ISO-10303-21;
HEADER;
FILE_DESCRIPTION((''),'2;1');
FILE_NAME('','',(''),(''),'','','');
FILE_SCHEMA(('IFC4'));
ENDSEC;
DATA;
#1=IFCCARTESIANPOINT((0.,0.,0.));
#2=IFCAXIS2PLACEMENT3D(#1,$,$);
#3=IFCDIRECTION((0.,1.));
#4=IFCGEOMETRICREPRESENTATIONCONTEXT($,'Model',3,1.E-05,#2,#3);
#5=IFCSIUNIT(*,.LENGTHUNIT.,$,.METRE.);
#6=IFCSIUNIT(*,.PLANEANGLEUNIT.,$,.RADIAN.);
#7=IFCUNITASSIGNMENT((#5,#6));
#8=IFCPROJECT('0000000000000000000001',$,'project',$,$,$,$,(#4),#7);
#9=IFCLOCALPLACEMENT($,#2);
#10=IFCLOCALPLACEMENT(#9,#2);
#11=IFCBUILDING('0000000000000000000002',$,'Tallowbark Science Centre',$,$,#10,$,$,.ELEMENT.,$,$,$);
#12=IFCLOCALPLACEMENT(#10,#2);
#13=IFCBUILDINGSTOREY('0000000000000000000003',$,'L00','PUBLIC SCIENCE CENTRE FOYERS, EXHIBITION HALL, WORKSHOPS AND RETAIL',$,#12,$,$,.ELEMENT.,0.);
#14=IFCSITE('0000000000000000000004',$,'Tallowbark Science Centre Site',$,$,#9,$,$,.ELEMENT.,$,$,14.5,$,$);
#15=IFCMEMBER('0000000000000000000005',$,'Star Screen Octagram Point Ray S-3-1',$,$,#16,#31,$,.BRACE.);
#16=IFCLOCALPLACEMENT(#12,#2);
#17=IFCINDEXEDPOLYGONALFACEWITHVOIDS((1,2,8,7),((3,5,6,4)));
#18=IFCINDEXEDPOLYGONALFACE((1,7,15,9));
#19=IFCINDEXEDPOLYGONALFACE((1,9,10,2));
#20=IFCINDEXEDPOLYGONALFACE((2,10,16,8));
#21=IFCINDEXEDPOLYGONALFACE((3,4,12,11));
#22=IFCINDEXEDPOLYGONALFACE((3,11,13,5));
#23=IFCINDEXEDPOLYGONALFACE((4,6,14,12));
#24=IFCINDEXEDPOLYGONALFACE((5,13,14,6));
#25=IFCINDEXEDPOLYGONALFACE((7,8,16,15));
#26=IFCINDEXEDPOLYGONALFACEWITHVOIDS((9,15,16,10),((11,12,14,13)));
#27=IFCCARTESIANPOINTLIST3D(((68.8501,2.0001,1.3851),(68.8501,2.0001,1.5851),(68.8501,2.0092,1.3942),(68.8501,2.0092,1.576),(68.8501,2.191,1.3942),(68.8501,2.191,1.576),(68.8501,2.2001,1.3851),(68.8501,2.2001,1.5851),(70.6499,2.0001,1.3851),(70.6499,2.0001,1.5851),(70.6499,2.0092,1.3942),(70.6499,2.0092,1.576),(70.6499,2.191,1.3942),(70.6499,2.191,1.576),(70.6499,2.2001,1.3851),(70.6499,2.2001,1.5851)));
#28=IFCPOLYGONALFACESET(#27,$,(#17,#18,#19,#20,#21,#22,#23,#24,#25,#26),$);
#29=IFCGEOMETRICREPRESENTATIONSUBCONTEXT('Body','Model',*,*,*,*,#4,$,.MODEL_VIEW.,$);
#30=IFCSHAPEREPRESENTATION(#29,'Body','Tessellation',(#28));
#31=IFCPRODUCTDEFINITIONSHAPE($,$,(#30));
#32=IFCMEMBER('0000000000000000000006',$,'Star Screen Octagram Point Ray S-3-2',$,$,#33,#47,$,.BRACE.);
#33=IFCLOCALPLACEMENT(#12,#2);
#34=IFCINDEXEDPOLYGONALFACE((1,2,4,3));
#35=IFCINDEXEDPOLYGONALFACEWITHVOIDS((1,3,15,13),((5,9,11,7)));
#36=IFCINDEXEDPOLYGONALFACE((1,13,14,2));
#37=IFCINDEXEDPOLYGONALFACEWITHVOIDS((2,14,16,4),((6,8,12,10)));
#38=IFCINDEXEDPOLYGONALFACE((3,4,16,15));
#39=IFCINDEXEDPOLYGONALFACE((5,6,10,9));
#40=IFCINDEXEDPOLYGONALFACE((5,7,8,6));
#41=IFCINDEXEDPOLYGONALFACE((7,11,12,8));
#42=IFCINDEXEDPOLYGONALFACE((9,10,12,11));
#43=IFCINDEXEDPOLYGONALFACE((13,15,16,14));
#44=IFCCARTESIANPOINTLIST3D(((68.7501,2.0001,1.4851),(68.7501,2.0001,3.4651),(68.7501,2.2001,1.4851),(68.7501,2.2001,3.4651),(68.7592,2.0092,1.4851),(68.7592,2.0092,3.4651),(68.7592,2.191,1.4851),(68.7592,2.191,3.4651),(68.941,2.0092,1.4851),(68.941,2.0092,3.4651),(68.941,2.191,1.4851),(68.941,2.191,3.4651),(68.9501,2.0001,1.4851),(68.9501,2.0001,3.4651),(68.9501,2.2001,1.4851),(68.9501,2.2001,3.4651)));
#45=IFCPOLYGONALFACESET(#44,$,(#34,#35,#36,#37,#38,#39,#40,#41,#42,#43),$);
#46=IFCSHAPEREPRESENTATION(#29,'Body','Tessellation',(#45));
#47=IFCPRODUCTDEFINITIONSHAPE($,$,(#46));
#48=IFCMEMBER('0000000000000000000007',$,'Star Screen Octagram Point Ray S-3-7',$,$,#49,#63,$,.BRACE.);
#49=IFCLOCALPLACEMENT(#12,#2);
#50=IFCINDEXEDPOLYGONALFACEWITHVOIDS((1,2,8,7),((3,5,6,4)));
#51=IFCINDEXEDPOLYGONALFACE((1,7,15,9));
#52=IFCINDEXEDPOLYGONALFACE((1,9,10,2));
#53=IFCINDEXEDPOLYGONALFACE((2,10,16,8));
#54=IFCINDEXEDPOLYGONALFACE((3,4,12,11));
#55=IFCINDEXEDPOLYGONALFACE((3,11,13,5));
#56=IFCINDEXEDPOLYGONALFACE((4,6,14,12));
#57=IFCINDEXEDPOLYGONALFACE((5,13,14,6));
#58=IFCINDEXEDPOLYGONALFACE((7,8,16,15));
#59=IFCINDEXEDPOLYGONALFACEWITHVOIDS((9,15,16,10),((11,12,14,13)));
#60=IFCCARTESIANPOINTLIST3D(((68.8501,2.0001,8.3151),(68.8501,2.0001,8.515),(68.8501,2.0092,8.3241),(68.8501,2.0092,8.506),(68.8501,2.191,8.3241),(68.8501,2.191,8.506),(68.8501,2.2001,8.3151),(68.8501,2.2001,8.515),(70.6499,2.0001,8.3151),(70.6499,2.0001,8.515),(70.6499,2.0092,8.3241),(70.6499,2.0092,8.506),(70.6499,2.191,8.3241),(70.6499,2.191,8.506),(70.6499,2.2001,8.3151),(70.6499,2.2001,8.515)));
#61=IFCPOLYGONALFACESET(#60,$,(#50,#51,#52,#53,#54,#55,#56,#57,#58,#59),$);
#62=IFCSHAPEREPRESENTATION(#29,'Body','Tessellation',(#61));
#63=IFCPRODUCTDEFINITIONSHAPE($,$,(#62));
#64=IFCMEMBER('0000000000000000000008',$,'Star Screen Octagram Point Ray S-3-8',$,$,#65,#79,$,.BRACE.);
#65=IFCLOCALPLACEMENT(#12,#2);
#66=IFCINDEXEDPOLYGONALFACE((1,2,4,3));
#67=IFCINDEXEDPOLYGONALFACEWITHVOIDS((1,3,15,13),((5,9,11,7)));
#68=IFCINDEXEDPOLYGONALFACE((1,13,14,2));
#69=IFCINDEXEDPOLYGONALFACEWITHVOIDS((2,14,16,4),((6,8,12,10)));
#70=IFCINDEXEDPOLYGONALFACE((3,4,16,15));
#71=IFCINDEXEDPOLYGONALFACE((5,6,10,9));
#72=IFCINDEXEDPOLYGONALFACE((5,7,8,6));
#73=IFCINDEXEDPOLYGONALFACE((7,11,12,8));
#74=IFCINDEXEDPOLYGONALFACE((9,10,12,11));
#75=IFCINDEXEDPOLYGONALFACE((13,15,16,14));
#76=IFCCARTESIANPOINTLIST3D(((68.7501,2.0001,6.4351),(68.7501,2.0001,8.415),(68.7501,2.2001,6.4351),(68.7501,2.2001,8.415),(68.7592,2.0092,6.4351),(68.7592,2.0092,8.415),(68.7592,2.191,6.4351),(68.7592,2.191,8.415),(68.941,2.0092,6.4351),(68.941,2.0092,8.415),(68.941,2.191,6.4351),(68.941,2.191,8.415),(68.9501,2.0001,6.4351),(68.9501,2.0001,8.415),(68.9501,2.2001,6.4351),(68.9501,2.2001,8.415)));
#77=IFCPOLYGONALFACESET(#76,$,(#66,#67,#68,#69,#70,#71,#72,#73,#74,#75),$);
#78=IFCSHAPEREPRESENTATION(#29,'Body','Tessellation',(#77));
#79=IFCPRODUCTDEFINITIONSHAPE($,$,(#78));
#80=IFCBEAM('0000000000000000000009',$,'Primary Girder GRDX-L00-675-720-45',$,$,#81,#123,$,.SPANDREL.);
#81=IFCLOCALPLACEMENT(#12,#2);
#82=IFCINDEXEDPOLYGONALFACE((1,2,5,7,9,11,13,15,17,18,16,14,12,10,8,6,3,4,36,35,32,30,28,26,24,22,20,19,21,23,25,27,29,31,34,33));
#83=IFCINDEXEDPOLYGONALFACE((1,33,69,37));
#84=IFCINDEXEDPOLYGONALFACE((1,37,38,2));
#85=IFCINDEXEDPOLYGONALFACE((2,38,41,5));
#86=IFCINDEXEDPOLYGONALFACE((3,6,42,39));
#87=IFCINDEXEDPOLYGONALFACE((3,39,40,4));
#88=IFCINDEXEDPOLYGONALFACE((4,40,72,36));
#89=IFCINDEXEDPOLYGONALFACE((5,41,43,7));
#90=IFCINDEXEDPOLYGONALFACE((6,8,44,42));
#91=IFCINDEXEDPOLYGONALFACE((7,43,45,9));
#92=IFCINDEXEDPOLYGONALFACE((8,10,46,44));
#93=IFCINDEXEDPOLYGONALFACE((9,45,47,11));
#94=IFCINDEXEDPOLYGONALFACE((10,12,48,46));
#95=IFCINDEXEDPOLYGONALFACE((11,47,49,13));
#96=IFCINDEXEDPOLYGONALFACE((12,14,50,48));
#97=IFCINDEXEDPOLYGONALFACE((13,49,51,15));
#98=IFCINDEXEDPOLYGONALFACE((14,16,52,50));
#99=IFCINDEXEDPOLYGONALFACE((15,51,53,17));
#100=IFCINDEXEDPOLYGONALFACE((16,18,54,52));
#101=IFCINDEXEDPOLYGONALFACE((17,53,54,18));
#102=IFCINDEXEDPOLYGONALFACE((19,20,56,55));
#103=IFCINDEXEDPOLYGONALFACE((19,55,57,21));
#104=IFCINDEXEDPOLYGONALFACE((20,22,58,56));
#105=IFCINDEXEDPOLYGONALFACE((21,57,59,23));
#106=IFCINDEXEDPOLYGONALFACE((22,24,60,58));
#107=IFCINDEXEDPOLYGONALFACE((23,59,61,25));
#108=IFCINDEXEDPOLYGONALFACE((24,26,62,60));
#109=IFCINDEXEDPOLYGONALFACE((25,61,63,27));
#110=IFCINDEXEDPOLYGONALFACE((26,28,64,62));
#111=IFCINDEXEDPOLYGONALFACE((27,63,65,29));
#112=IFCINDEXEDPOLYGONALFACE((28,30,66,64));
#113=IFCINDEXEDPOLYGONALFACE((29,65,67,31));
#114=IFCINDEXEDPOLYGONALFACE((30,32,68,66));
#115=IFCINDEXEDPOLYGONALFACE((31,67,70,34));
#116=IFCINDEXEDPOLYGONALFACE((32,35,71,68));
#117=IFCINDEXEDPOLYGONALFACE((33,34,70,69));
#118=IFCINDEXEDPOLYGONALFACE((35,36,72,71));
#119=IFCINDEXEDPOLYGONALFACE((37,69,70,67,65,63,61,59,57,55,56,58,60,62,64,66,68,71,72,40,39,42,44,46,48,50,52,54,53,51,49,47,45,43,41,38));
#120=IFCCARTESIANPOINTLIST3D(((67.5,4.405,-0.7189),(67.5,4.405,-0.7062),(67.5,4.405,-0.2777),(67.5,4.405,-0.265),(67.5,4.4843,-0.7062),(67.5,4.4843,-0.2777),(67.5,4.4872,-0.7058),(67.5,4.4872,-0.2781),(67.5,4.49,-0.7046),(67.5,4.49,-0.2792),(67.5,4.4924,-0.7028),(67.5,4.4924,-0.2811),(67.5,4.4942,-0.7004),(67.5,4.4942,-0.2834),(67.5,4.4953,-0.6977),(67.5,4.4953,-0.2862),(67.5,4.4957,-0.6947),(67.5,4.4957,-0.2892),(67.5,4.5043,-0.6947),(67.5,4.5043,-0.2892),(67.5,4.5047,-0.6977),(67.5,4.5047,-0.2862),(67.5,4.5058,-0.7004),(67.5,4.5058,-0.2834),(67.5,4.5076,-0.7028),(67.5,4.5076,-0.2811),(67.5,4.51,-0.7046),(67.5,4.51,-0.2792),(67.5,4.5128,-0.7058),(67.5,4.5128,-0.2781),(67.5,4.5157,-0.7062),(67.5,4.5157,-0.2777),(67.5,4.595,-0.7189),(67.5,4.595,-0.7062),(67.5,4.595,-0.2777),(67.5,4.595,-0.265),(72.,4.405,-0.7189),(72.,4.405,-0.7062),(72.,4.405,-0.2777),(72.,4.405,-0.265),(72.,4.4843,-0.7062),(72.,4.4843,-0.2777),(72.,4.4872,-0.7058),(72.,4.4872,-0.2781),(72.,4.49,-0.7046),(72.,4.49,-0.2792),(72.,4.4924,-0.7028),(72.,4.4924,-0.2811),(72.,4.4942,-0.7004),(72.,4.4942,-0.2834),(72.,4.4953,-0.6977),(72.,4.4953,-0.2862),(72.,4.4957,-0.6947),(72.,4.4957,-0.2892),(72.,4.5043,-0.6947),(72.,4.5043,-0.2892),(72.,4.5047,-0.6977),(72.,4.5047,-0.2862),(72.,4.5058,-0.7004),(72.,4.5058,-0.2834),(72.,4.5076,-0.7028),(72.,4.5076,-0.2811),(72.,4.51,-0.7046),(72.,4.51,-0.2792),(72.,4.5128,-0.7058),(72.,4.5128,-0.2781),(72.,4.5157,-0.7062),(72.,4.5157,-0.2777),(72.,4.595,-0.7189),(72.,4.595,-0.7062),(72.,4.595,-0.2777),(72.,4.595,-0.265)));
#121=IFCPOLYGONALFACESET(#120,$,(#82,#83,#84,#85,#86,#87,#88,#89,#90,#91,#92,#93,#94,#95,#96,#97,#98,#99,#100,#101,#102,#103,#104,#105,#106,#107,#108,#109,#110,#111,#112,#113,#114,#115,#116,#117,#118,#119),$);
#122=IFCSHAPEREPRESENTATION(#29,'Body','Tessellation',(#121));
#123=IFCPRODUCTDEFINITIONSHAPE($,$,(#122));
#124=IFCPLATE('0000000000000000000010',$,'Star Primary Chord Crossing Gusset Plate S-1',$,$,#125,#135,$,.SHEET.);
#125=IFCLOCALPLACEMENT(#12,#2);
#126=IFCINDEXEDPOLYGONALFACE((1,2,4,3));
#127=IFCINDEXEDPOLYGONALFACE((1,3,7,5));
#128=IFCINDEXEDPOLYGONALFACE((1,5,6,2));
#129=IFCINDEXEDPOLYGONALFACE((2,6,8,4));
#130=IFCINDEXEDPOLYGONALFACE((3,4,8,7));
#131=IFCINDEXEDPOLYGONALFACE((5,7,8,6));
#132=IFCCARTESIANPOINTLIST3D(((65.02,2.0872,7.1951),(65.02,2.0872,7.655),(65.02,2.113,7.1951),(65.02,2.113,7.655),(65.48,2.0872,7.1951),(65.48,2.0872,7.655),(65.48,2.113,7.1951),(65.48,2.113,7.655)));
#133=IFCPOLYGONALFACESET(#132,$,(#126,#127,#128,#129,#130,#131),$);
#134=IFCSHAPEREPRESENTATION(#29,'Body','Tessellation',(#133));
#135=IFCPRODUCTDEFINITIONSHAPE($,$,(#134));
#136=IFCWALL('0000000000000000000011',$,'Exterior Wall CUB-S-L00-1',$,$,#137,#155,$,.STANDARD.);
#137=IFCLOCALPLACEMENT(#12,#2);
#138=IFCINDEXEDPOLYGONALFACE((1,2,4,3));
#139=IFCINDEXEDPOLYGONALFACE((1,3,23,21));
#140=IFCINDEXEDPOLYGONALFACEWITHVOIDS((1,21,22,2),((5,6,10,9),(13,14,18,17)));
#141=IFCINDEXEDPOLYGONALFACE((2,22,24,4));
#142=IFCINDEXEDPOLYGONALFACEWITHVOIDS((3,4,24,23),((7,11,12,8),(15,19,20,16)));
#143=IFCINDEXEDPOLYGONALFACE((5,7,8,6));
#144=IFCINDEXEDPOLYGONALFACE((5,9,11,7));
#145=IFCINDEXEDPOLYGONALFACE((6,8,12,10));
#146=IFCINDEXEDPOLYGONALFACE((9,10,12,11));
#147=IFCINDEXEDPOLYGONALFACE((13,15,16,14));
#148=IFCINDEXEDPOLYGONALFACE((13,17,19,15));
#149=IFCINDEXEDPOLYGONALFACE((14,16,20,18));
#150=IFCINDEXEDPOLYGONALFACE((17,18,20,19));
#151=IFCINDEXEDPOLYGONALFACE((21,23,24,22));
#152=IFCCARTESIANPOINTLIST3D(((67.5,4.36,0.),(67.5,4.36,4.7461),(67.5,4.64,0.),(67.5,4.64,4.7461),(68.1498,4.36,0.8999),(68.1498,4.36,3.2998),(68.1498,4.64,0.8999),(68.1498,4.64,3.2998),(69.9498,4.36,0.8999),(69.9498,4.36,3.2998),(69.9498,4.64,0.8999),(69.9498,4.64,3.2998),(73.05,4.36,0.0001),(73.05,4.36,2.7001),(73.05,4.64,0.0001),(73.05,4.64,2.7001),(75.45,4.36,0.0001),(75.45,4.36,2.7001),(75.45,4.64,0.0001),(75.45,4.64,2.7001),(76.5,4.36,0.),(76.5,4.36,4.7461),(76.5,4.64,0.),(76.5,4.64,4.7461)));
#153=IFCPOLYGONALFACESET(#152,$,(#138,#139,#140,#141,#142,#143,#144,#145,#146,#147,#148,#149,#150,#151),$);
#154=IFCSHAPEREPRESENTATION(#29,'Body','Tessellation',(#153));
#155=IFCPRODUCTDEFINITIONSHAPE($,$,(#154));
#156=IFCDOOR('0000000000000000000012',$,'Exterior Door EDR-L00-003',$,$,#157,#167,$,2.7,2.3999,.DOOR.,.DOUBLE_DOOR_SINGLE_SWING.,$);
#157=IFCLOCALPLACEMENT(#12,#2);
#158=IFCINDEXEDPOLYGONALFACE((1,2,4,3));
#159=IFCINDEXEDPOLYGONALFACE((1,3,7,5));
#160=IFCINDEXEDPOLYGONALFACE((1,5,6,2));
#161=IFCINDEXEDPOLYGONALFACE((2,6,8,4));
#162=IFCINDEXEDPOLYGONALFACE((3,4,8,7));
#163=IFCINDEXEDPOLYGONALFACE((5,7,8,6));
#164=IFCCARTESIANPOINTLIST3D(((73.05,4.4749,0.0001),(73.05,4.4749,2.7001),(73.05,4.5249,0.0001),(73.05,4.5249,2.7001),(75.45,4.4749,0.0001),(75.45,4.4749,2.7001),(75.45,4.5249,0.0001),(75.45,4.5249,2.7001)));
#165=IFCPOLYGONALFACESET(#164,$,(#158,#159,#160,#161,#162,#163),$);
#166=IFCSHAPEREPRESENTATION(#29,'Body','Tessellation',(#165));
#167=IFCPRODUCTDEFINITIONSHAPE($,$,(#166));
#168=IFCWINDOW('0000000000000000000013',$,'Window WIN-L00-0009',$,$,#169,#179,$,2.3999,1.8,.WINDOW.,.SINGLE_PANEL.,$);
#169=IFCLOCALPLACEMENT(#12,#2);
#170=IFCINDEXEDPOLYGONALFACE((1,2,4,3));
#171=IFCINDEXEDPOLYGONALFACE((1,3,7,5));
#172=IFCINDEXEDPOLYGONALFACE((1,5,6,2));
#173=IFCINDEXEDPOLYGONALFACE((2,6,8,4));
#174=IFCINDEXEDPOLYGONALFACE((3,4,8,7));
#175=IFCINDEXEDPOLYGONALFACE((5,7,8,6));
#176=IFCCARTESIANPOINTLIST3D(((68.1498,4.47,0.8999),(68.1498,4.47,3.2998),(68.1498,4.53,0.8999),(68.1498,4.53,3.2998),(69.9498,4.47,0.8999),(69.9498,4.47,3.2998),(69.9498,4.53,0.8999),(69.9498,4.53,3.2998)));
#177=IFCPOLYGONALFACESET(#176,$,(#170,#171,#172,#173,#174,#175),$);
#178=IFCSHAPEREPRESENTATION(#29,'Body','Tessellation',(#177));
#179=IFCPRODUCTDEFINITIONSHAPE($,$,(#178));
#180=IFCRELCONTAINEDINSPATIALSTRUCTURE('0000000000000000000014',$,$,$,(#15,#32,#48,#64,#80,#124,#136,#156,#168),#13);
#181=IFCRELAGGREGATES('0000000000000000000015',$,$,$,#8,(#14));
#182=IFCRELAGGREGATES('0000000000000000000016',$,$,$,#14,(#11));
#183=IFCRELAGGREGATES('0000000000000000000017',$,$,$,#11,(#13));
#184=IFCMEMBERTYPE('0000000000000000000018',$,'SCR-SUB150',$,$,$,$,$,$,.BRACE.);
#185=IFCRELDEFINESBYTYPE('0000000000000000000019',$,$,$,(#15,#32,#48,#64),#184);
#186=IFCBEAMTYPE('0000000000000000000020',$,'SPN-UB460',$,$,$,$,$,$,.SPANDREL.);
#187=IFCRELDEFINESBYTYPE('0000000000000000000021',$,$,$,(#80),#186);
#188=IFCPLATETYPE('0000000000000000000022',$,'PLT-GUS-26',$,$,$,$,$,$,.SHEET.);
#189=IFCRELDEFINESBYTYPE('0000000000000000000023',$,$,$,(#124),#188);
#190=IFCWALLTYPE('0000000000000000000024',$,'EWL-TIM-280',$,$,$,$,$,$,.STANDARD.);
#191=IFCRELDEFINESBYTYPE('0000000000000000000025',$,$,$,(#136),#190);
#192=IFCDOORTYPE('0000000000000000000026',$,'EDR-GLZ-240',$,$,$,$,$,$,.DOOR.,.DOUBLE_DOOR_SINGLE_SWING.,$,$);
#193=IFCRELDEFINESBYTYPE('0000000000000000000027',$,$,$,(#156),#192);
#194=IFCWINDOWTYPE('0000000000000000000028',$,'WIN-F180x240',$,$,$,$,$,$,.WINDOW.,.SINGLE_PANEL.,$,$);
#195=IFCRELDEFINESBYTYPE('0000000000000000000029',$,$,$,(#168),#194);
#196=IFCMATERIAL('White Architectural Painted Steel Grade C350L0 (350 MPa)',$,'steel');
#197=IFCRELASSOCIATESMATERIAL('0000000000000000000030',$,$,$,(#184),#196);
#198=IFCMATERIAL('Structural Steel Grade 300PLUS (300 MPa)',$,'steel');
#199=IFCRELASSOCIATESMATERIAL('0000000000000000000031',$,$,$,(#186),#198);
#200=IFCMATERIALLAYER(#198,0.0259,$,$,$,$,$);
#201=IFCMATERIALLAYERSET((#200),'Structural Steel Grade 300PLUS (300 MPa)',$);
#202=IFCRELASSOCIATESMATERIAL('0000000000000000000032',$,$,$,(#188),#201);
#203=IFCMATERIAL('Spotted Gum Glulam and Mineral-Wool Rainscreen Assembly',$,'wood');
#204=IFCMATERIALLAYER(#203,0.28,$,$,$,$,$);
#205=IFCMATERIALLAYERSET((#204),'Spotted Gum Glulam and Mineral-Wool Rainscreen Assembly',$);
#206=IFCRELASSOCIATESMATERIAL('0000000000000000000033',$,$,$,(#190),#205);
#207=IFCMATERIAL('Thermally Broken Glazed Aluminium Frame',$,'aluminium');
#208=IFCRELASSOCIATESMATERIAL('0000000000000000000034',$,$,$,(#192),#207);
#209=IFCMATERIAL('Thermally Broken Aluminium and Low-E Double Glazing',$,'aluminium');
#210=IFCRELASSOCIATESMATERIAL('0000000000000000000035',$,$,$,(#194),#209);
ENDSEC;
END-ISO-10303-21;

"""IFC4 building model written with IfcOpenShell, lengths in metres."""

from ifc_helpers import new_model, si_unit, direction, frame, frame_2d, origin, origin_2d, place, context, subcontext, project, spatial, rectangle, hollow_rectangle, i_section, extrude, material, layer, layer_set, material_profile, profile_set, type_object, element, fill, save


model = new_model("IFC4")

# Units and contexts
model_context = context("Model", 3, precision=1e-05, world=origin(), true_north=direction((0.0, 1.0)))
body_context = subcontext(model_context, "Body", "Model", "MODEL_VIEW")
ifc_project = project(units=[si_unit("LENGTHUNIT", "METRE"), si_unit("PLANEANGLEUNIT", "RADIAN")], contexts=[model_context])

# Site, building, storey
site_placement = place(None, origin())
site = spatial("IfcSite", under=ifc_project, at=site_placement, Name="Tallowbark Science Centre Site", CompositionType="ELEMENT", RefElevation=14.5)
building_placement = place(site_placement, origin())
building = spatial("IfcBuilding", under=site, at=building_placement, Name="Tallowbark Science Centre", CompositionType="ELEMENT")
storey_placement = place(building_placement, origin())
storey = spatial("IfcBuildingStorey", under=building, at=storey_placement, Name="L00", Description="PUBLIC SCIENCE CENTRE FOYERS, EXHIBITION HALL, WORKSHOPS AND RETAIL", CompositionType="ELEMENT", Elevation=0.0)

# Shared definitions
ifc_material_1 = material(Name="White Architectural Painted Steel Grade C350L0 (350 MPa)", Category="steel")
ifc_material_2 = material(Name="Structural Steel Grade 300PLUS (300 MPa)", Category="steel")

# Members
ifc_material_profile_1 = material_profile(ifc_material_1, hollow_rectangle(XDim=0.2, YDim=0.2, WallThickness=0.009, at=origin_2d()), Name="200x200x9.0SHS")
ifc_profile_set_1 = profile_set([ifc_material_profile_1], Name="White Architectural Painted Steel Grade C350L0 (350 MPa)")
member_type_1 = type_object("IfcMemberType", Name="SCR-SUB150", PredefinedType="BRACE", material=ifc_profile_set_1)
member_1_placement = place(storey_placement, frame((68.8501, 2.1001, 1.4851), z_axis=(1.0, 0.0, 0.0), x_axis=(0.0, 1.0, 0.0)))
element("IfcMember", 1, at=member_1_placement, inside=storey, type_object=member_type_1, Name="Star Screen Octagram Point Ray S-3-1", PredefinedType="BRACE", context=body_context, shape_type="SweptSolid", body=[
    extrude(hollow_rectangle(XDim=0.2, YDim=0.2, WallThickness=0.009, at=origin_2d()), origin(), (0.0, 0.0, 1.0), 1.7998),
])
member_2_placement = place(storey_placement, frame((68.8501, 2.1001, 1.4851), z_axis=(0.0, 0.0, 1.0), x_axis=(1.0, 0.0, 0.0)))
element("IfcMember", 2, at=member_2_placement, inside=storey, type_object=member_type_1, Name="Star Screen Octagram Point Ray S-3-2", PredefinedType="BRACE", context=body_context, shape_type="SweptSolid", body=[
    extrude(hollow_rectangle(XDim=0.2, YDim=0.2, WallThickness=0.009, at=origin_2d()), origin(), (0.0, 0.0, 1.0), 1.98),
])
member_3_placement = place(storey_placement, frame((68.8501, 2.1001, 8.415), z_axis=(1.0, 0.0, 0.0), x_axis=(0.0, 1.0, 0.0)))
element("IfcMember", 3, at=member_3_placement, inside=storey, type_object=member_type_1, Name="Star Screen Octagram Point Ray S-3-7", PredefinedType="BRACE", context=body_context, shape_type="SweptSolid", body=[
    extrude(hollow_rectangle(XDim=0.2, YDim=0.2, WallThickness=0.009, at=origin_2d()), origin(), (0.0, 0.0, 1.0), 1.7998),
])
member_4_placement = place(storey_placement, frame((68.8501, 2.1001, 8.415), z_axis=(0.0, 0.0, -1.0), x_axis=(1.0, 0.0, 0.0)))
element("IfcMember", 4, at=member_4_placement, inside=storey, type_object=member_type_1, Name="Star Screen Octagram Point Ray S-3-8", PredefinedType="BRACE", context=body_context, shape_type="SweptSolid", body=[
    extrude(hollow_rectangle(XDim=0.2, YDim=0.2, WallThickness=0.009, at=origin_2d()), origin(), (0.0, 0.0, 1.0), 1.98),
])

# Beam
ifc_material_profile_2 = material_profile(ifc_material_2, i_section(OverallWidth=0.1899, OverallDepth=0.4539, WebThickness=0.0085, FlangeThickness=0.0127, FilletRadius=0.0115, at=origin_2d()), Name="460UB67.1")
ifc_profile_set_2 = profile_set([ifc_material_profile_2], Name="Structural Steel Grade 300PLUS (300 MPa)")
beam_type_1 = type_object("IfcBeamType", Name="SPN-UB460", PredefinedType="SPANDREL", material=ifc_profile_set_2)
beam_1_placement = place(storey_placement, frame((67.5, 4.5, -0.4919), z_axis=(1.0, 0.0, 0.0), x_axis=(0.0, 1.0, 0.0)))
element("IfcBeam", 5, at=beam_1_placement, inside=storey, type_object=beam_type_1, Name="Primary Girder GRDX-L00-675-720-45", PredefinedType="SPANDREL", context=body_context, shape_type="SweptSolid", body=[
    extrude(i_section(OverallWidth=0.1899, OverallDepth=0.4539, WebThickness=0.0085, FlangeThickness=0.0127, FilletRadius=0.0115, at=origin_2d()), origin(), (0.0, 0.0, 1.0), 4.5),
])

# Plate
ifc_layer_1 = layer(ifc_material_2, 0.0259)
ifc_layer_set_1 = layer_set([ifc_layer_1], Name="Structural Steel Grade 300PLUS (300 MPa)")
plate_type = type_object("IfcPlateType", Name="PLT-GUS-26", PredefinedType="SHEET", material=ifc_layer_set_1)
plate_placement = place(storey_placement, frame((65.25, 2.1001, 7.1951), z_axis=(0.0, 0.0, 1.0), x_axis=(1.0, 0.0, 0.0)))
element("IfcPlate", 6, at=plate_placement, inside=storey, type_object=plate_type, Name="Star Primary Chord Crossing Gusset Plate S-1", PredefinedType="SHEET", context=body_context, shape_type="SweptSolid", body=[
    extrude(rectangle(XDim=0.46, YDim=0.0259, at=origin_2d()), origin(), (0.0, 0.0, 1.0), 0.46),
])

# Wall, openings, door, window
ifc_material_3 = material(Name="Spotted Gum Glulam and Mineral-Wool Rainscreen Assembly", Category="wood")
ifc_layer_2 = layer(ifc_material_3, 0.28)
ifc_layer_set_2 = layer_set([ifc_layer_2], Name="Spotted Gum Glulam and Mineral-Wool Rainscreen Assembly")
wall_type = type_object("IfcWallType", Name="EWL-TIM-280", PredefinedType="STANDARD", material=ifc_layer_set_2)
wall_placement = place(storey_placement, frame((67.5, 4.5, 0.0), z_axis=(0.0, 0.0, 1.0), x_axis=(1.0, 0.0, 0.0)))
wall = element("IfcWall", 7, at=wall_placement, inside=storey, type_object=wall_type, Name="Exterior Wall CUB-S-L00-1", PredefinedType="STANDARD", context=body_context, shape_type="SweptSolid", body=[
    extrude(rectangle(XDim=9.0, YDim=0.28, at=frame_2d((4.5, 0.0))), origin(), (0.0, 0.0, 1.0), 4.7461),
])
opening_1_placement = place(wall_placement, frame((0.6499, 0.0, 0.8999)))
opening_1 = element("IfcOpeningElement", 8, at=opening_1_placement, cuts=wall, PredefinedType="OPENING", context=body_context, shape_type="SweptSolid", body=[
    extrude(rectangle(XDim=1.8, YDim=2.3999, at=frame_2d((0.8999, 1.2))), frame((0.0, 0.1499, 0.0), z_axis=(0.0, -1.0, 0.0), x_axis=(1.0, 0.0, 0.0)), (0.0, 0.0, 1.0), 0.3),
])
opening_2_placement = place(wall_placement, frame((5.55, 0.0, 0.0)))
opening_2 = element("IfcOpeningElement", 9, at=opening_2_placement, cuts=wall, PredefinedType="OPENING", context=body_context, shape_type="SweptSolid", body=[
    extrude(rectangle(XDim=2.3999, YDim=2.7, at=frame_2d((1.2, 1.3501))), frame((0.0, 0.1499, 0.0), z_axis=(0.0, -1.0, 0.0), x_axis=(1.0, 0.0, 0.0)), (0.0, 0.0, 1.0), 0.3),
])
ifc_material_4 = material(Name="Thermally Broken Glazed Aluminium Frame", Category="aluminium")
door_type = type_object("IfcDoorType", Name="EDR-GLZ-240", OperationType="DOUBLE_DOOR_SINGLE_SWING", PredefinedType="DOOR", material=ifc_material_4)
door_placement = place(opening_2_placement, origin())
door = element("IfcDoor", 10, at=door_placement, inside=storey, type_object=door_type, Name="Exterior Door EDR-L00-003", OperationType="DOUBLE_DOOR_SINGLE_SWING", OverallHeight=2.7, OverallWidth=2.3999, PredefinedType="DOOR", context=body_context, shape_type="SweptSolid", body=[
    extrude(rectangle(XDim=2.3999, YDim=2.7, at=frame_2d((1.2, 1.3501))), frame((0.0, 0.0249, 0.0), z_axis=(0.0, -1.0, 0.0), x_axis=(1.0, 0.0, 0.0)), (0.0, 0.0, 1.0), 0.05),
])
fill(opening_2, door)
ifc_material_5 = material(Name="Thermally Broken Aluminium and Low-E Double Glazing", Category="aluminium")
window_type = type_object("IfcWindowType", Name="WIN-F180x240", PartitioningType="SINGLE_PANEL", PredefinedType="WINDOW", material=ifc_material_5)
window_placement = place(opening_1_placement, origin())
window = element("IfcWindow", 11, at=window_placement, inside=storey, type_object=window_type, Name="Window WIN-L00-0009", OverallHeight=2.3999, OverallWidth=1.8, PartitioningType="SINGLE_PANEL", PredefinedType="WINDOW", context=body_context, shape_type="SweptSolid", body=[
    extrude(rectangle(XDim=1.8, YDim=2.3999, at=frame_2d((0.8999, 1.2))), frame((0.0, 0.03, 0.0), z_axis=(0.0, -1.0, 0.0), x_axis=(1.0, 0.0, 0.0)), (0.0, 0.0, 1.0), 0.0601),
])
fill(opening_1, window)

save(model, "model.ifc")
